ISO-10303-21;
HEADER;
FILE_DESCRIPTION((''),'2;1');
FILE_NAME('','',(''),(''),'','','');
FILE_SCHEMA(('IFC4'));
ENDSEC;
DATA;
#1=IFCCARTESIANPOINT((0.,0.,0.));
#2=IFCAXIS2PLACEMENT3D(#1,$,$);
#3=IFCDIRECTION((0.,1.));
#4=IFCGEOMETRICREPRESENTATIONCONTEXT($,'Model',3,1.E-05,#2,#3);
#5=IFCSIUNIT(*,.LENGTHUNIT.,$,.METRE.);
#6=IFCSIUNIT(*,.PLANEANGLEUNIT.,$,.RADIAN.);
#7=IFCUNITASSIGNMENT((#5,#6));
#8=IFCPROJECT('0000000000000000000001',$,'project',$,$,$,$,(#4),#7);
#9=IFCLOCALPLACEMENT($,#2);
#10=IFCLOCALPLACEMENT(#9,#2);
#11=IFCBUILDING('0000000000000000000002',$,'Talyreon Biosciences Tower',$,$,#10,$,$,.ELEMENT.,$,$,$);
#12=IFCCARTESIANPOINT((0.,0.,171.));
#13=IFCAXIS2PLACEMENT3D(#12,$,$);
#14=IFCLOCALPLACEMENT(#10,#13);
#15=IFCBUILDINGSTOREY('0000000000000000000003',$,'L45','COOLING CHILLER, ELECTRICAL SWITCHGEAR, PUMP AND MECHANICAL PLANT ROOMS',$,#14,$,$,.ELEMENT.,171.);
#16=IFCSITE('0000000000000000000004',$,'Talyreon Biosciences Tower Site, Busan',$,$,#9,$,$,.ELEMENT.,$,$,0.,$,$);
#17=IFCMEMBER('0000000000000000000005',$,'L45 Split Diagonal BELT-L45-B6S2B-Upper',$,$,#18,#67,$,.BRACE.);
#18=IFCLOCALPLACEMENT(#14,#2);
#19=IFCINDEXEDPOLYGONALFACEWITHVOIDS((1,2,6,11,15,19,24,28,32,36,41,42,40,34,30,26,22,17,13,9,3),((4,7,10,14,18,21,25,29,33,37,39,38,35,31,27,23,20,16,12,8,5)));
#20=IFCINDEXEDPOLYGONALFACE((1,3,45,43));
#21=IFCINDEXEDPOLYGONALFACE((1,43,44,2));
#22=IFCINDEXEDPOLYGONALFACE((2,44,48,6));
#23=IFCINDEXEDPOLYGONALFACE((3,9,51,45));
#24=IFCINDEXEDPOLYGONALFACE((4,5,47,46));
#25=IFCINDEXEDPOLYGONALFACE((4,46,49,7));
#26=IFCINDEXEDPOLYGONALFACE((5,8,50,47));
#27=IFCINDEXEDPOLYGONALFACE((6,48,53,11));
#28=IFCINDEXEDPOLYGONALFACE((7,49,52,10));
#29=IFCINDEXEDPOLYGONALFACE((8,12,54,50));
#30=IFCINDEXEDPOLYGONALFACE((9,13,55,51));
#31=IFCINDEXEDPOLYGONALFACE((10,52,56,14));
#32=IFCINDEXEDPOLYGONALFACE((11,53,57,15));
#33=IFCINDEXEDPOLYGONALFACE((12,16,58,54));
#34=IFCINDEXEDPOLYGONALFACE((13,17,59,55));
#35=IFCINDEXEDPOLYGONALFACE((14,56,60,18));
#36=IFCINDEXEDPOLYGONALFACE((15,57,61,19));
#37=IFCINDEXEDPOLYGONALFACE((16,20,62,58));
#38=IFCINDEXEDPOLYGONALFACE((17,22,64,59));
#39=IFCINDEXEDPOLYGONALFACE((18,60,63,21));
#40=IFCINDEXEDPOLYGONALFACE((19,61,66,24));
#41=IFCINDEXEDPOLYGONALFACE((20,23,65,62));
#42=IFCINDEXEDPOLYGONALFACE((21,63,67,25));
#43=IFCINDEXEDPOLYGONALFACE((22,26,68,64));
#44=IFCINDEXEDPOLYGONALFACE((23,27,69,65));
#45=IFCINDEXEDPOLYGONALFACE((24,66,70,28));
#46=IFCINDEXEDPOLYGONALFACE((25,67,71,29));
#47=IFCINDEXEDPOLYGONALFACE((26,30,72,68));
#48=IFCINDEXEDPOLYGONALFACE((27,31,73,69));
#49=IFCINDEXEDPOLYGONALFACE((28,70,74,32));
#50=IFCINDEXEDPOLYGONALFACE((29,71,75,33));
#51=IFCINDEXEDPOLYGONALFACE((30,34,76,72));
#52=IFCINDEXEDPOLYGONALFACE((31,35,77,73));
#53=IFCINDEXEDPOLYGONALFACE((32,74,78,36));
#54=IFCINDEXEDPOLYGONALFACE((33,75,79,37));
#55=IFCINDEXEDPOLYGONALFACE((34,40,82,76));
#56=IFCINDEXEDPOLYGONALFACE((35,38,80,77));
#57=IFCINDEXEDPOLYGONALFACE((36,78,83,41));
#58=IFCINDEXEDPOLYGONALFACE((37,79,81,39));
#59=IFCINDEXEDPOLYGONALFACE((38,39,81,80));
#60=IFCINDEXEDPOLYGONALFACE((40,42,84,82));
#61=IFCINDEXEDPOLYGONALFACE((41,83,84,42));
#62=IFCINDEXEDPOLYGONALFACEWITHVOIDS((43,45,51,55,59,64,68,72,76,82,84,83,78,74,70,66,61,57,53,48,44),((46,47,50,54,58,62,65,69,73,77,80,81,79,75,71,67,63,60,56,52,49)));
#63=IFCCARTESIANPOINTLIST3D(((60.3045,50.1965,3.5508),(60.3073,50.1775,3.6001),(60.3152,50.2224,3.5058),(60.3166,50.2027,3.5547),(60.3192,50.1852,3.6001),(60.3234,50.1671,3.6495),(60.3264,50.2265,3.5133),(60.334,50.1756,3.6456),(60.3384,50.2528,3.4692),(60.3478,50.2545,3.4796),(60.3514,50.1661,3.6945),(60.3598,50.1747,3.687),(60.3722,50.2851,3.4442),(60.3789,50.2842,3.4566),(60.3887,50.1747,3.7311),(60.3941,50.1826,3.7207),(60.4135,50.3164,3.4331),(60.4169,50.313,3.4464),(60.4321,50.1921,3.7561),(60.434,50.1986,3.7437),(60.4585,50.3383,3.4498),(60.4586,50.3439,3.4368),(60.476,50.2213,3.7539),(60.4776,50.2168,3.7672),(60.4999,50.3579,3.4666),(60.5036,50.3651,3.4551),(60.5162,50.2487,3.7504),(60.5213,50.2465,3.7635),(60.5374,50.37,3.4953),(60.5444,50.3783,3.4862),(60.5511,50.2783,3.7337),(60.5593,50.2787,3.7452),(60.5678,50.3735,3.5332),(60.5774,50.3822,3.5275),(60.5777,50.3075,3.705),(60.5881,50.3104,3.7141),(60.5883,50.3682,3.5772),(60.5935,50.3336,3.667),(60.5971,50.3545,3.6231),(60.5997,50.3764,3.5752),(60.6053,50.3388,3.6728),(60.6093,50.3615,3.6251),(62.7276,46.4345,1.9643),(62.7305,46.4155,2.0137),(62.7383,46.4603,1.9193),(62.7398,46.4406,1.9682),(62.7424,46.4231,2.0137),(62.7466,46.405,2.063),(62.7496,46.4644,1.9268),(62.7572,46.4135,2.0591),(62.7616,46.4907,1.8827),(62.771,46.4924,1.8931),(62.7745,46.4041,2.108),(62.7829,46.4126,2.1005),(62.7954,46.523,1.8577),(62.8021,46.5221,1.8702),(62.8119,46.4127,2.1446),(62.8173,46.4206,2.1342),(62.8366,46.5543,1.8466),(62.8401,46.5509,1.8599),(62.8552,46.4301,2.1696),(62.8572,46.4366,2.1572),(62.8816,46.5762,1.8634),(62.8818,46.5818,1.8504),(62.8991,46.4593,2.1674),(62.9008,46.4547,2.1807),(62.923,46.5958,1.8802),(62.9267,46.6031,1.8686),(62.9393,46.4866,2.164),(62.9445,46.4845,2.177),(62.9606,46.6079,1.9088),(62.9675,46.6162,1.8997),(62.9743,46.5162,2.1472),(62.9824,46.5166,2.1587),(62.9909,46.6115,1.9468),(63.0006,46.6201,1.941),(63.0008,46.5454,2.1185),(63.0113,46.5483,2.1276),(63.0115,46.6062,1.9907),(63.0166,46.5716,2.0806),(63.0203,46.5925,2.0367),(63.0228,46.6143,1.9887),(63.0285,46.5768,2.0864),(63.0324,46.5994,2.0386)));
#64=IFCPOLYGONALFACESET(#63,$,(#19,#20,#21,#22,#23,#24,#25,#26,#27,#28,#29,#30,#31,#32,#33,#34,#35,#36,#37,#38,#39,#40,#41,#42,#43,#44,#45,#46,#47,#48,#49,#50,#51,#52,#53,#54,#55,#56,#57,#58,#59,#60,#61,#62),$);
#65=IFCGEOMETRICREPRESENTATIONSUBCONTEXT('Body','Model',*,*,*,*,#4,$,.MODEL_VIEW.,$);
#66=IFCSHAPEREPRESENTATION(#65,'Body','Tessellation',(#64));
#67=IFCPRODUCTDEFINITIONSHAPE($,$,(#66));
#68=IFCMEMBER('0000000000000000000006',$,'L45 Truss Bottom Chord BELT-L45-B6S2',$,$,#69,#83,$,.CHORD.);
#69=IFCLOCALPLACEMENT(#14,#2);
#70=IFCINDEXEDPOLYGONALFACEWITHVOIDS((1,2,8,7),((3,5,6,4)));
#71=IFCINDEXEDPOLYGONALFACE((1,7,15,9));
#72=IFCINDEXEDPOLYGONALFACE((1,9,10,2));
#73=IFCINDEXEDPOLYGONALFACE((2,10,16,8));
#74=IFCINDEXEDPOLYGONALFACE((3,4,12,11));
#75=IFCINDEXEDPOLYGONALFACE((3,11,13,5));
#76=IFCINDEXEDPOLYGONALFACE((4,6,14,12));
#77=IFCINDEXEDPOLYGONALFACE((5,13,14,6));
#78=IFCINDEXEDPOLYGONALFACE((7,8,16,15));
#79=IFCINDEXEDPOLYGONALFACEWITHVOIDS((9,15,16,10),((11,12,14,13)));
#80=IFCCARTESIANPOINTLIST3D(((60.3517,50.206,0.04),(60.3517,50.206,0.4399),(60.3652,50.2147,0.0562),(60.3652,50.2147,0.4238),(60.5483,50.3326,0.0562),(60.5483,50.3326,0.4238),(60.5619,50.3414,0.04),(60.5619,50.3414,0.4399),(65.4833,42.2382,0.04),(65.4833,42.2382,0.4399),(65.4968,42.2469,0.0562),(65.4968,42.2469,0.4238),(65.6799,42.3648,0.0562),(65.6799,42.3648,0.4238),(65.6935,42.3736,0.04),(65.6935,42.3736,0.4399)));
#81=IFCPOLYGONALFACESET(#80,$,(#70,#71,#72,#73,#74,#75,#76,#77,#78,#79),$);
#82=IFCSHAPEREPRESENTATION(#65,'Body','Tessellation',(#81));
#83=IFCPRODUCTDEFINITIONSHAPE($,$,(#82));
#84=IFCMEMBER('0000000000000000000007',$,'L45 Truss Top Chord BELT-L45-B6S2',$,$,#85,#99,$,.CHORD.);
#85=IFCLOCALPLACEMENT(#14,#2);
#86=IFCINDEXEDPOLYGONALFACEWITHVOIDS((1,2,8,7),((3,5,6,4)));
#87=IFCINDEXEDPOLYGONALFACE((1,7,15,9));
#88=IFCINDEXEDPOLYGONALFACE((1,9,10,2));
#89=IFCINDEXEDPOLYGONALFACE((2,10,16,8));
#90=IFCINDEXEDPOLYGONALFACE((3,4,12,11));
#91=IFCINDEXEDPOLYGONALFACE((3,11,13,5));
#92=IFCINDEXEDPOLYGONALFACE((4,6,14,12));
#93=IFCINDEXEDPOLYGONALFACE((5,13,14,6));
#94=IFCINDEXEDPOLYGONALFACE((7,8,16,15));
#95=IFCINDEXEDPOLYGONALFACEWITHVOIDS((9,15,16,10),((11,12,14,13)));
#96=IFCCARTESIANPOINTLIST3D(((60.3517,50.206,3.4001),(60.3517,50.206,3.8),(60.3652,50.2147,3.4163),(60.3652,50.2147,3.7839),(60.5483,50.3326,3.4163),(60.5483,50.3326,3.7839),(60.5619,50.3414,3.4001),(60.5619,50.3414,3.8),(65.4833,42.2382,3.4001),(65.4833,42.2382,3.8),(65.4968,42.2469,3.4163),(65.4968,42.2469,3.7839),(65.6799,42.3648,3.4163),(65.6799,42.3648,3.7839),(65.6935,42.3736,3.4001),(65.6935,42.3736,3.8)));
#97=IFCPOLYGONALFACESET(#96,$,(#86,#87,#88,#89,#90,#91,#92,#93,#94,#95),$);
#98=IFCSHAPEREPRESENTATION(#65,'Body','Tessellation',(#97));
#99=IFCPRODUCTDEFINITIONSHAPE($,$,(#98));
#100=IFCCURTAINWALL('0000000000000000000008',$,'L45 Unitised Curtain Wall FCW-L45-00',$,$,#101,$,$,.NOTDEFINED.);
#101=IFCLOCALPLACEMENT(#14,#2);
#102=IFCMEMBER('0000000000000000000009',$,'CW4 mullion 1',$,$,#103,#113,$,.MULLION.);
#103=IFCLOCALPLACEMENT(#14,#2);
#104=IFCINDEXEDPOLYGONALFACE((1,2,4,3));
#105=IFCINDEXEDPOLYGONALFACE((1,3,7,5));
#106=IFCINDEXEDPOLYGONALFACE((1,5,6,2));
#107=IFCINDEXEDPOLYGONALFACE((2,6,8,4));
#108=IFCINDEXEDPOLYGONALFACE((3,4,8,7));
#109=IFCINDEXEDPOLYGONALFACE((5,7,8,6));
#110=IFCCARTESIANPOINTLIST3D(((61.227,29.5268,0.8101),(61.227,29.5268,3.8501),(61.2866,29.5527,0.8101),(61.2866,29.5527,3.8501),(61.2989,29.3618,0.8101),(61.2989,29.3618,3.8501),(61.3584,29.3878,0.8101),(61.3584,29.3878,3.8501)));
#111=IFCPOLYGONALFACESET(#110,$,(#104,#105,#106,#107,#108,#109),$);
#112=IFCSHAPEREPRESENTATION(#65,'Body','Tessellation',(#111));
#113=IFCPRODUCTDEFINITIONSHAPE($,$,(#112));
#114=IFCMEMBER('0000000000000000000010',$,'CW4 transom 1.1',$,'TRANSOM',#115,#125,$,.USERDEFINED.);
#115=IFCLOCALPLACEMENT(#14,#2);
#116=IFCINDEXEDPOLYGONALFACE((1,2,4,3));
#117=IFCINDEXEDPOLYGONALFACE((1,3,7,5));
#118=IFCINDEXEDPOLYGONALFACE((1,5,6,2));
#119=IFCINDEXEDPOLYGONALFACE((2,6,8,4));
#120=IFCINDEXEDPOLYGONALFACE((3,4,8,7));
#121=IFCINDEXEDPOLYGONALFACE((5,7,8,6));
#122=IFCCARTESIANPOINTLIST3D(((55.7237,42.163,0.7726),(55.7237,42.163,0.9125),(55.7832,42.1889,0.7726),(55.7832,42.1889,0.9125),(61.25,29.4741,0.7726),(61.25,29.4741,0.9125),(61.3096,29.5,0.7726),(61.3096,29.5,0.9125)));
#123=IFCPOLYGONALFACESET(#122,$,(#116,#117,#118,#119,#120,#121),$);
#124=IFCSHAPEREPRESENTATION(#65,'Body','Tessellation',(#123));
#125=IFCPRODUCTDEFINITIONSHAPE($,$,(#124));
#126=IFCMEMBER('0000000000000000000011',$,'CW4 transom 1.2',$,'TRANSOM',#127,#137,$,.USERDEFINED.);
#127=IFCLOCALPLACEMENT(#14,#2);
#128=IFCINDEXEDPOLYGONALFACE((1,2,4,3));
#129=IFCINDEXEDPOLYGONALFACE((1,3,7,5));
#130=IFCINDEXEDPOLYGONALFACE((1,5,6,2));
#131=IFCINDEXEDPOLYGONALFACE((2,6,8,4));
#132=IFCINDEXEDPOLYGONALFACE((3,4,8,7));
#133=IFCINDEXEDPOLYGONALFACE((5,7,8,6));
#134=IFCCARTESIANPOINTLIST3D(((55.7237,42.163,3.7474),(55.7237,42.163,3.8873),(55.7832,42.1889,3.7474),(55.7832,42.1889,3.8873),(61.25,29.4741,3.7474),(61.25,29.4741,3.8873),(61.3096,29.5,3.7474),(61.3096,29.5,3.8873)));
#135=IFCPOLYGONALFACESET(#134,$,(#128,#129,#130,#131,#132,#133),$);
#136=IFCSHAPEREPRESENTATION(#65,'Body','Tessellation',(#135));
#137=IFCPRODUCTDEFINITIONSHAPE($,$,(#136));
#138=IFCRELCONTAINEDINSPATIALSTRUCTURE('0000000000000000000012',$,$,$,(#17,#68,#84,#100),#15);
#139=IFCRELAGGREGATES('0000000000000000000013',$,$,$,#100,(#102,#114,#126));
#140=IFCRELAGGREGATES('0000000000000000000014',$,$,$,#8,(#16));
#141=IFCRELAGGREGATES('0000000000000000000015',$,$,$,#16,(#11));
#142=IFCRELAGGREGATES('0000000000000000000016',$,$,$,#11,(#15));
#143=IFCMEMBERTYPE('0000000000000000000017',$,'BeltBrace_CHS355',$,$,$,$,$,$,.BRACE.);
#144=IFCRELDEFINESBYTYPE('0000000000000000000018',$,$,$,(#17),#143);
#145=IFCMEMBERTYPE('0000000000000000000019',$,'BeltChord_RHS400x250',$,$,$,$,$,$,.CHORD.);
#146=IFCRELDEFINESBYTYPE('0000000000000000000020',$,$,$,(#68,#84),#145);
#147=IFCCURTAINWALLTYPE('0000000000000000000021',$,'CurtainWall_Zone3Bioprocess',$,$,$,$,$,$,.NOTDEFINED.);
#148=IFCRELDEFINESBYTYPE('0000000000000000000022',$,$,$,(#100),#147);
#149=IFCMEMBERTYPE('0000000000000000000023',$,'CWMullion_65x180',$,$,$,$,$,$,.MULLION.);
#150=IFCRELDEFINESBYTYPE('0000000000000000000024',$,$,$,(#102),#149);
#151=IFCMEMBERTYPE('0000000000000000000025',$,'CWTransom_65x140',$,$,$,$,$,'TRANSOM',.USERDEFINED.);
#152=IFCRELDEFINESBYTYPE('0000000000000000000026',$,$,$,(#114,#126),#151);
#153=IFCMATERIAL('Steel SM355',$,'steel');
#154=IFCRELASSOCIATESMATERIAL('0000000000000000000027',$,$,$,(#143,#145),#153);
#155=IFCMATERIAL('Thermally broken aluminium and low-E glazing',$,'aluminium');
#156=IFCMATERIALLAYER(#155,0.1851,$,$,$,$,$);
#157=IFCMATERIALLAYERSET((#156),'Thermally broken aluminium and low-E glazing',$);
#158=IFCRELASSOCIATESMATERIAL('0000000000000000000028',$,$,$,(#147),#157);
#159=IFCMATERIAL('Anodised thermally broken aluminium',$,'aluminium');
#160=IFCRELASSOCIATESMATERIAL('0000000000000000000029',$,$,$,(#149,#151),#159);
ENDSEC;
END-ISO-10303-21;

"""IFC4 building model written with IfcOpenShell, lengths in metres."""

from ifc_helpers import new_model, si_unit, direction, frame, origin, origin_2d, place, context, subcontext, project, spatial, rectangle, hollow_rectangle, hollow_circle, extrude, material, layer, layer_set, material_profile, profile_set, type_object, element, aggregate, save


model = new_model("IFC4")

# Units and contexts
model_context = context("Model", 3, precision=1e-05, world=origin(), true_north=direction((0.0, 1.0)))
body_context = subcontext(model_context, "Body", "Model", "MODEL_VIEW")
ifc_project = project(units=[si_unit("LENGTHUNIT", "METRE"), si_unit("PLANEANGLEUNIT", "RADIAN")], contexts=[model_context])

# Site, building, storey
site_placement = place(None, origin())
site = spatial("IfcSite", under=ifc_project, at=site_placement, Name="Talyreon Biosciences Tower Site, Busan", CompositionType="ELEMENT", RefElevation=0.0)
building_placement = place(site_placement, origin())
building = spatial("IfcBuilding", under=site, at=building_placement, Name="Talyreon Biosciences Tower", CompositionType="ELEMENT")
storey_placement = place(building_placement, frame((0.0, 0.0, 171.0)))
storey = spatial("IfcBuildingStorey", under=building, at=storey_placement, Name="L45", Description="COOLING CHILLER, ELECTRICAL SWITCHGEAR, PUMP AND MECHANICAL PLANT ROOMS", CompositionType="ELEMENT", Elevation=171.0)

# Members
ifc_material_1 = material(Name="Steel SM355", Category="steel")
ifc_material_profile_1 = material_profile(ifc_material_1, hollow_circle(Radius=0.1777, WallThickness=0.0142, at=origin_2d()), Name="CHS 355.6x14.2")
ifc_profile_set_1 = profile_set([ifc_material_profile_1], Name="Steel SM355")
member_type_1 = type_object("IfcMemberType", Name="BeltBrace_CHS355", PredefinedType="BRACE", material=ifc_profile_set_1)
member_1_placement = place(storey_placement, frame((62.8799, 46.5117, 2.0137), z_axis=(-0.510374, 0.792379, 0.334147), x_axis=(-0.840701, -0.541499, 0.0)))
element("IfcMember", 1, at=member_1_placement, inside=storey, type_object=member_type_1, Name="L45 Split Diagonal BELT-L45-B6S2B-Upper", PredefinedType="BRACE", context=body_context, shape_type="SweptSolid", body=[
    extrude(hollow_circle(Radius=0.1777, WallThickness=0.0142, at=origin_2d()), origin(), (0.0, 0.0, 1.0), 4.7478),
])
ifc_material_profile_2 = material_profile(ifc_material_1, hollow_rectangle(XDim=0.25, YDim=0.3999, WallThickness=0.0161, at=origin_2d()), Name="RHS 400x250x16")
ifc_profile_set_2 = profile_set([ifc_material_profile_2], Name="Steel SM355")
member_type_2 = type_object("IfcMemberType", Name="BeltChord_RHS400x250", PredefinedType="CHORD", material=ifc_profile_set_2)
for number, where, z_axis, x_axis, name in (
    (2, (60.4568, 50.2737, 0.24), (0.541463, -0.840725, 0.0), (0.840725, 0.541463, 0.0), "L45 Truss Bottom Chord BELT-L45-B6S2"),
    (3, (60.4568, 50.2737, 3.6001), (0.541463, -0.840725, 0.0), (0.840725, 0.541463, 0.0), "L45 Truss Top Chord BELT-L45-B6S2"),
):
    element("IfcMember", number, at=place(storey_placement, frame(where, z_axis=z_axis, x_axis=x_axis)), inside=storey, type_object=member_type_2, Name=name, PredefinedType="CHORD", context=body_context, shape_type="SweptSolid", body=[
        extrude(hollow_rectangle(XDim=0.25, YDim=0.3999, WallThickness=0.0161, at=origin_2d()), origin(), (0.0, 0.0, 1.0), 9.4773),
    ])

# Curtain wall, members
ifc_material_2 = material(Name="Thermally broken aluminium and low-E glazing", Category="aluminium")
ifc_layer_1 = layer(ifc_material_2, 0.1851)
ifc_layer_set_1 = layer_set([ifc_layer_1], Name="Thermally broken aluminium and low-E glazing")
curtain_wall_type = type_object("IfcCurtainWallType", Name="CurtainWall_Zone3Bioprocess", PredefinedType="NOTDEFINED", material=ifc_layer_set_1)
curtain_wall_placement = place(storey_placement, origin())
curtain_wall = element("IfcCurtainWall", 4, at=curtain_wall_placement, inside=storey, type_object=curtain_wall_type, Name="L45 Unitised Curtain Wall FCW-L45-00", PredefinedType="NOTDEFINED")
ifc_material_3 = material(Name="Anodised thermally broken aluminium", Category="aluminium")
ifc_material_profile_3 = material_profile(ifc_material_3, rectangle(XDim=0.0649, YDim=0.1799, at=origin_2d()), Name="ALUM MULLION 65x180")
ifc_profile_set_3 = profile_set([ifc_material_profile_3], Name="Anodised thermally broken aluminium")
member_type_3 = type_object("IfcMemberType", Name="CWMullion_65x180", PredefinedType="MULLION", material=ifc_profile_set_3)
member_2_placement = place(storey_placement, frame((61.2927, 29.4573, 0.8101), z_axis=(0.0, 0.0, 1.0), x_axis=(-0.91682, -0.3993, 0.0)))
member_2 = element("IfcMember", 5, at=member_2_placement, type_object=member_type_3, Name="CW4 mullion 1", PredefinedType="MULLION", context=body_context, shape_type="SweptSolid", body=[
    extrude(rectangle(XDim=0.0649, YDim=0.1799, at=origin_2d()), origin(), (0.0, 0.0, 1.0), 3.04),
])
ifc_material_profile_4 = material_profile(ifc_material_3, rectangle(XDim=0.0649, YDim=0.1399, at=origin_2d()), Name="ALUM TRANSOM 65x140")
ifc_profile_set_4 = profile_set([ifc_material_profile_4], Name="Anodised thermally broken aluminium")
member_type_4 = type_object("IfcMemberType", Name="CWTransom_65x140", ElementType="TRANSOM", PredefinedType="USERDEFINED", material=ifc_profile_set_4)
member_3_placement = place(storey_placement, frame((61.2798, 29.4871, 0.8425), z_axis=(-0.399299, 0.916821, 0.0), x_axis=(-0.916821, -0.399299, 0.0)))
member_3 = element("IfcMember", 6, at=member_3_placement, type_object=member_type_4, Name="CW4 transom 1.1", ObjectType="TRANSOM", PredefinedType="USERDEFINED", context=body_context, shape_type="SweptSolid", body=[
    extrude(rectangle(XDim=0.0649, YDim=0.1399, at=origin_2d()), origin(), (0.0, 0.0, 1.0), 13.8401),
])
member_4_placement = place(storey_placement, frame((61.2798, 29.4871, 3.8174), z_axis=(-0.399299, 0.916821, 0.0), x_axis=(-0.916821, -0.399299, 0.0)))
member_4 = element("IfcMember", 7, at=member_4_placement, type_object=member_type_4, Name="CW4 transom 1.2", ObjectType="TRANSOM", PredefinedType="USERDEFINED", context=body_context, shape_type="SweptSolid", body=[
    extrude(rectangle(XDim=0.0649, YDim=0.1399, at=origin_2d()), origin(), (0.0, 0.0, 1.0), 13.8401),
])

aggregate(curtain_wall, [member_2, member_3, member_4])

save(model, "model.ifc")
